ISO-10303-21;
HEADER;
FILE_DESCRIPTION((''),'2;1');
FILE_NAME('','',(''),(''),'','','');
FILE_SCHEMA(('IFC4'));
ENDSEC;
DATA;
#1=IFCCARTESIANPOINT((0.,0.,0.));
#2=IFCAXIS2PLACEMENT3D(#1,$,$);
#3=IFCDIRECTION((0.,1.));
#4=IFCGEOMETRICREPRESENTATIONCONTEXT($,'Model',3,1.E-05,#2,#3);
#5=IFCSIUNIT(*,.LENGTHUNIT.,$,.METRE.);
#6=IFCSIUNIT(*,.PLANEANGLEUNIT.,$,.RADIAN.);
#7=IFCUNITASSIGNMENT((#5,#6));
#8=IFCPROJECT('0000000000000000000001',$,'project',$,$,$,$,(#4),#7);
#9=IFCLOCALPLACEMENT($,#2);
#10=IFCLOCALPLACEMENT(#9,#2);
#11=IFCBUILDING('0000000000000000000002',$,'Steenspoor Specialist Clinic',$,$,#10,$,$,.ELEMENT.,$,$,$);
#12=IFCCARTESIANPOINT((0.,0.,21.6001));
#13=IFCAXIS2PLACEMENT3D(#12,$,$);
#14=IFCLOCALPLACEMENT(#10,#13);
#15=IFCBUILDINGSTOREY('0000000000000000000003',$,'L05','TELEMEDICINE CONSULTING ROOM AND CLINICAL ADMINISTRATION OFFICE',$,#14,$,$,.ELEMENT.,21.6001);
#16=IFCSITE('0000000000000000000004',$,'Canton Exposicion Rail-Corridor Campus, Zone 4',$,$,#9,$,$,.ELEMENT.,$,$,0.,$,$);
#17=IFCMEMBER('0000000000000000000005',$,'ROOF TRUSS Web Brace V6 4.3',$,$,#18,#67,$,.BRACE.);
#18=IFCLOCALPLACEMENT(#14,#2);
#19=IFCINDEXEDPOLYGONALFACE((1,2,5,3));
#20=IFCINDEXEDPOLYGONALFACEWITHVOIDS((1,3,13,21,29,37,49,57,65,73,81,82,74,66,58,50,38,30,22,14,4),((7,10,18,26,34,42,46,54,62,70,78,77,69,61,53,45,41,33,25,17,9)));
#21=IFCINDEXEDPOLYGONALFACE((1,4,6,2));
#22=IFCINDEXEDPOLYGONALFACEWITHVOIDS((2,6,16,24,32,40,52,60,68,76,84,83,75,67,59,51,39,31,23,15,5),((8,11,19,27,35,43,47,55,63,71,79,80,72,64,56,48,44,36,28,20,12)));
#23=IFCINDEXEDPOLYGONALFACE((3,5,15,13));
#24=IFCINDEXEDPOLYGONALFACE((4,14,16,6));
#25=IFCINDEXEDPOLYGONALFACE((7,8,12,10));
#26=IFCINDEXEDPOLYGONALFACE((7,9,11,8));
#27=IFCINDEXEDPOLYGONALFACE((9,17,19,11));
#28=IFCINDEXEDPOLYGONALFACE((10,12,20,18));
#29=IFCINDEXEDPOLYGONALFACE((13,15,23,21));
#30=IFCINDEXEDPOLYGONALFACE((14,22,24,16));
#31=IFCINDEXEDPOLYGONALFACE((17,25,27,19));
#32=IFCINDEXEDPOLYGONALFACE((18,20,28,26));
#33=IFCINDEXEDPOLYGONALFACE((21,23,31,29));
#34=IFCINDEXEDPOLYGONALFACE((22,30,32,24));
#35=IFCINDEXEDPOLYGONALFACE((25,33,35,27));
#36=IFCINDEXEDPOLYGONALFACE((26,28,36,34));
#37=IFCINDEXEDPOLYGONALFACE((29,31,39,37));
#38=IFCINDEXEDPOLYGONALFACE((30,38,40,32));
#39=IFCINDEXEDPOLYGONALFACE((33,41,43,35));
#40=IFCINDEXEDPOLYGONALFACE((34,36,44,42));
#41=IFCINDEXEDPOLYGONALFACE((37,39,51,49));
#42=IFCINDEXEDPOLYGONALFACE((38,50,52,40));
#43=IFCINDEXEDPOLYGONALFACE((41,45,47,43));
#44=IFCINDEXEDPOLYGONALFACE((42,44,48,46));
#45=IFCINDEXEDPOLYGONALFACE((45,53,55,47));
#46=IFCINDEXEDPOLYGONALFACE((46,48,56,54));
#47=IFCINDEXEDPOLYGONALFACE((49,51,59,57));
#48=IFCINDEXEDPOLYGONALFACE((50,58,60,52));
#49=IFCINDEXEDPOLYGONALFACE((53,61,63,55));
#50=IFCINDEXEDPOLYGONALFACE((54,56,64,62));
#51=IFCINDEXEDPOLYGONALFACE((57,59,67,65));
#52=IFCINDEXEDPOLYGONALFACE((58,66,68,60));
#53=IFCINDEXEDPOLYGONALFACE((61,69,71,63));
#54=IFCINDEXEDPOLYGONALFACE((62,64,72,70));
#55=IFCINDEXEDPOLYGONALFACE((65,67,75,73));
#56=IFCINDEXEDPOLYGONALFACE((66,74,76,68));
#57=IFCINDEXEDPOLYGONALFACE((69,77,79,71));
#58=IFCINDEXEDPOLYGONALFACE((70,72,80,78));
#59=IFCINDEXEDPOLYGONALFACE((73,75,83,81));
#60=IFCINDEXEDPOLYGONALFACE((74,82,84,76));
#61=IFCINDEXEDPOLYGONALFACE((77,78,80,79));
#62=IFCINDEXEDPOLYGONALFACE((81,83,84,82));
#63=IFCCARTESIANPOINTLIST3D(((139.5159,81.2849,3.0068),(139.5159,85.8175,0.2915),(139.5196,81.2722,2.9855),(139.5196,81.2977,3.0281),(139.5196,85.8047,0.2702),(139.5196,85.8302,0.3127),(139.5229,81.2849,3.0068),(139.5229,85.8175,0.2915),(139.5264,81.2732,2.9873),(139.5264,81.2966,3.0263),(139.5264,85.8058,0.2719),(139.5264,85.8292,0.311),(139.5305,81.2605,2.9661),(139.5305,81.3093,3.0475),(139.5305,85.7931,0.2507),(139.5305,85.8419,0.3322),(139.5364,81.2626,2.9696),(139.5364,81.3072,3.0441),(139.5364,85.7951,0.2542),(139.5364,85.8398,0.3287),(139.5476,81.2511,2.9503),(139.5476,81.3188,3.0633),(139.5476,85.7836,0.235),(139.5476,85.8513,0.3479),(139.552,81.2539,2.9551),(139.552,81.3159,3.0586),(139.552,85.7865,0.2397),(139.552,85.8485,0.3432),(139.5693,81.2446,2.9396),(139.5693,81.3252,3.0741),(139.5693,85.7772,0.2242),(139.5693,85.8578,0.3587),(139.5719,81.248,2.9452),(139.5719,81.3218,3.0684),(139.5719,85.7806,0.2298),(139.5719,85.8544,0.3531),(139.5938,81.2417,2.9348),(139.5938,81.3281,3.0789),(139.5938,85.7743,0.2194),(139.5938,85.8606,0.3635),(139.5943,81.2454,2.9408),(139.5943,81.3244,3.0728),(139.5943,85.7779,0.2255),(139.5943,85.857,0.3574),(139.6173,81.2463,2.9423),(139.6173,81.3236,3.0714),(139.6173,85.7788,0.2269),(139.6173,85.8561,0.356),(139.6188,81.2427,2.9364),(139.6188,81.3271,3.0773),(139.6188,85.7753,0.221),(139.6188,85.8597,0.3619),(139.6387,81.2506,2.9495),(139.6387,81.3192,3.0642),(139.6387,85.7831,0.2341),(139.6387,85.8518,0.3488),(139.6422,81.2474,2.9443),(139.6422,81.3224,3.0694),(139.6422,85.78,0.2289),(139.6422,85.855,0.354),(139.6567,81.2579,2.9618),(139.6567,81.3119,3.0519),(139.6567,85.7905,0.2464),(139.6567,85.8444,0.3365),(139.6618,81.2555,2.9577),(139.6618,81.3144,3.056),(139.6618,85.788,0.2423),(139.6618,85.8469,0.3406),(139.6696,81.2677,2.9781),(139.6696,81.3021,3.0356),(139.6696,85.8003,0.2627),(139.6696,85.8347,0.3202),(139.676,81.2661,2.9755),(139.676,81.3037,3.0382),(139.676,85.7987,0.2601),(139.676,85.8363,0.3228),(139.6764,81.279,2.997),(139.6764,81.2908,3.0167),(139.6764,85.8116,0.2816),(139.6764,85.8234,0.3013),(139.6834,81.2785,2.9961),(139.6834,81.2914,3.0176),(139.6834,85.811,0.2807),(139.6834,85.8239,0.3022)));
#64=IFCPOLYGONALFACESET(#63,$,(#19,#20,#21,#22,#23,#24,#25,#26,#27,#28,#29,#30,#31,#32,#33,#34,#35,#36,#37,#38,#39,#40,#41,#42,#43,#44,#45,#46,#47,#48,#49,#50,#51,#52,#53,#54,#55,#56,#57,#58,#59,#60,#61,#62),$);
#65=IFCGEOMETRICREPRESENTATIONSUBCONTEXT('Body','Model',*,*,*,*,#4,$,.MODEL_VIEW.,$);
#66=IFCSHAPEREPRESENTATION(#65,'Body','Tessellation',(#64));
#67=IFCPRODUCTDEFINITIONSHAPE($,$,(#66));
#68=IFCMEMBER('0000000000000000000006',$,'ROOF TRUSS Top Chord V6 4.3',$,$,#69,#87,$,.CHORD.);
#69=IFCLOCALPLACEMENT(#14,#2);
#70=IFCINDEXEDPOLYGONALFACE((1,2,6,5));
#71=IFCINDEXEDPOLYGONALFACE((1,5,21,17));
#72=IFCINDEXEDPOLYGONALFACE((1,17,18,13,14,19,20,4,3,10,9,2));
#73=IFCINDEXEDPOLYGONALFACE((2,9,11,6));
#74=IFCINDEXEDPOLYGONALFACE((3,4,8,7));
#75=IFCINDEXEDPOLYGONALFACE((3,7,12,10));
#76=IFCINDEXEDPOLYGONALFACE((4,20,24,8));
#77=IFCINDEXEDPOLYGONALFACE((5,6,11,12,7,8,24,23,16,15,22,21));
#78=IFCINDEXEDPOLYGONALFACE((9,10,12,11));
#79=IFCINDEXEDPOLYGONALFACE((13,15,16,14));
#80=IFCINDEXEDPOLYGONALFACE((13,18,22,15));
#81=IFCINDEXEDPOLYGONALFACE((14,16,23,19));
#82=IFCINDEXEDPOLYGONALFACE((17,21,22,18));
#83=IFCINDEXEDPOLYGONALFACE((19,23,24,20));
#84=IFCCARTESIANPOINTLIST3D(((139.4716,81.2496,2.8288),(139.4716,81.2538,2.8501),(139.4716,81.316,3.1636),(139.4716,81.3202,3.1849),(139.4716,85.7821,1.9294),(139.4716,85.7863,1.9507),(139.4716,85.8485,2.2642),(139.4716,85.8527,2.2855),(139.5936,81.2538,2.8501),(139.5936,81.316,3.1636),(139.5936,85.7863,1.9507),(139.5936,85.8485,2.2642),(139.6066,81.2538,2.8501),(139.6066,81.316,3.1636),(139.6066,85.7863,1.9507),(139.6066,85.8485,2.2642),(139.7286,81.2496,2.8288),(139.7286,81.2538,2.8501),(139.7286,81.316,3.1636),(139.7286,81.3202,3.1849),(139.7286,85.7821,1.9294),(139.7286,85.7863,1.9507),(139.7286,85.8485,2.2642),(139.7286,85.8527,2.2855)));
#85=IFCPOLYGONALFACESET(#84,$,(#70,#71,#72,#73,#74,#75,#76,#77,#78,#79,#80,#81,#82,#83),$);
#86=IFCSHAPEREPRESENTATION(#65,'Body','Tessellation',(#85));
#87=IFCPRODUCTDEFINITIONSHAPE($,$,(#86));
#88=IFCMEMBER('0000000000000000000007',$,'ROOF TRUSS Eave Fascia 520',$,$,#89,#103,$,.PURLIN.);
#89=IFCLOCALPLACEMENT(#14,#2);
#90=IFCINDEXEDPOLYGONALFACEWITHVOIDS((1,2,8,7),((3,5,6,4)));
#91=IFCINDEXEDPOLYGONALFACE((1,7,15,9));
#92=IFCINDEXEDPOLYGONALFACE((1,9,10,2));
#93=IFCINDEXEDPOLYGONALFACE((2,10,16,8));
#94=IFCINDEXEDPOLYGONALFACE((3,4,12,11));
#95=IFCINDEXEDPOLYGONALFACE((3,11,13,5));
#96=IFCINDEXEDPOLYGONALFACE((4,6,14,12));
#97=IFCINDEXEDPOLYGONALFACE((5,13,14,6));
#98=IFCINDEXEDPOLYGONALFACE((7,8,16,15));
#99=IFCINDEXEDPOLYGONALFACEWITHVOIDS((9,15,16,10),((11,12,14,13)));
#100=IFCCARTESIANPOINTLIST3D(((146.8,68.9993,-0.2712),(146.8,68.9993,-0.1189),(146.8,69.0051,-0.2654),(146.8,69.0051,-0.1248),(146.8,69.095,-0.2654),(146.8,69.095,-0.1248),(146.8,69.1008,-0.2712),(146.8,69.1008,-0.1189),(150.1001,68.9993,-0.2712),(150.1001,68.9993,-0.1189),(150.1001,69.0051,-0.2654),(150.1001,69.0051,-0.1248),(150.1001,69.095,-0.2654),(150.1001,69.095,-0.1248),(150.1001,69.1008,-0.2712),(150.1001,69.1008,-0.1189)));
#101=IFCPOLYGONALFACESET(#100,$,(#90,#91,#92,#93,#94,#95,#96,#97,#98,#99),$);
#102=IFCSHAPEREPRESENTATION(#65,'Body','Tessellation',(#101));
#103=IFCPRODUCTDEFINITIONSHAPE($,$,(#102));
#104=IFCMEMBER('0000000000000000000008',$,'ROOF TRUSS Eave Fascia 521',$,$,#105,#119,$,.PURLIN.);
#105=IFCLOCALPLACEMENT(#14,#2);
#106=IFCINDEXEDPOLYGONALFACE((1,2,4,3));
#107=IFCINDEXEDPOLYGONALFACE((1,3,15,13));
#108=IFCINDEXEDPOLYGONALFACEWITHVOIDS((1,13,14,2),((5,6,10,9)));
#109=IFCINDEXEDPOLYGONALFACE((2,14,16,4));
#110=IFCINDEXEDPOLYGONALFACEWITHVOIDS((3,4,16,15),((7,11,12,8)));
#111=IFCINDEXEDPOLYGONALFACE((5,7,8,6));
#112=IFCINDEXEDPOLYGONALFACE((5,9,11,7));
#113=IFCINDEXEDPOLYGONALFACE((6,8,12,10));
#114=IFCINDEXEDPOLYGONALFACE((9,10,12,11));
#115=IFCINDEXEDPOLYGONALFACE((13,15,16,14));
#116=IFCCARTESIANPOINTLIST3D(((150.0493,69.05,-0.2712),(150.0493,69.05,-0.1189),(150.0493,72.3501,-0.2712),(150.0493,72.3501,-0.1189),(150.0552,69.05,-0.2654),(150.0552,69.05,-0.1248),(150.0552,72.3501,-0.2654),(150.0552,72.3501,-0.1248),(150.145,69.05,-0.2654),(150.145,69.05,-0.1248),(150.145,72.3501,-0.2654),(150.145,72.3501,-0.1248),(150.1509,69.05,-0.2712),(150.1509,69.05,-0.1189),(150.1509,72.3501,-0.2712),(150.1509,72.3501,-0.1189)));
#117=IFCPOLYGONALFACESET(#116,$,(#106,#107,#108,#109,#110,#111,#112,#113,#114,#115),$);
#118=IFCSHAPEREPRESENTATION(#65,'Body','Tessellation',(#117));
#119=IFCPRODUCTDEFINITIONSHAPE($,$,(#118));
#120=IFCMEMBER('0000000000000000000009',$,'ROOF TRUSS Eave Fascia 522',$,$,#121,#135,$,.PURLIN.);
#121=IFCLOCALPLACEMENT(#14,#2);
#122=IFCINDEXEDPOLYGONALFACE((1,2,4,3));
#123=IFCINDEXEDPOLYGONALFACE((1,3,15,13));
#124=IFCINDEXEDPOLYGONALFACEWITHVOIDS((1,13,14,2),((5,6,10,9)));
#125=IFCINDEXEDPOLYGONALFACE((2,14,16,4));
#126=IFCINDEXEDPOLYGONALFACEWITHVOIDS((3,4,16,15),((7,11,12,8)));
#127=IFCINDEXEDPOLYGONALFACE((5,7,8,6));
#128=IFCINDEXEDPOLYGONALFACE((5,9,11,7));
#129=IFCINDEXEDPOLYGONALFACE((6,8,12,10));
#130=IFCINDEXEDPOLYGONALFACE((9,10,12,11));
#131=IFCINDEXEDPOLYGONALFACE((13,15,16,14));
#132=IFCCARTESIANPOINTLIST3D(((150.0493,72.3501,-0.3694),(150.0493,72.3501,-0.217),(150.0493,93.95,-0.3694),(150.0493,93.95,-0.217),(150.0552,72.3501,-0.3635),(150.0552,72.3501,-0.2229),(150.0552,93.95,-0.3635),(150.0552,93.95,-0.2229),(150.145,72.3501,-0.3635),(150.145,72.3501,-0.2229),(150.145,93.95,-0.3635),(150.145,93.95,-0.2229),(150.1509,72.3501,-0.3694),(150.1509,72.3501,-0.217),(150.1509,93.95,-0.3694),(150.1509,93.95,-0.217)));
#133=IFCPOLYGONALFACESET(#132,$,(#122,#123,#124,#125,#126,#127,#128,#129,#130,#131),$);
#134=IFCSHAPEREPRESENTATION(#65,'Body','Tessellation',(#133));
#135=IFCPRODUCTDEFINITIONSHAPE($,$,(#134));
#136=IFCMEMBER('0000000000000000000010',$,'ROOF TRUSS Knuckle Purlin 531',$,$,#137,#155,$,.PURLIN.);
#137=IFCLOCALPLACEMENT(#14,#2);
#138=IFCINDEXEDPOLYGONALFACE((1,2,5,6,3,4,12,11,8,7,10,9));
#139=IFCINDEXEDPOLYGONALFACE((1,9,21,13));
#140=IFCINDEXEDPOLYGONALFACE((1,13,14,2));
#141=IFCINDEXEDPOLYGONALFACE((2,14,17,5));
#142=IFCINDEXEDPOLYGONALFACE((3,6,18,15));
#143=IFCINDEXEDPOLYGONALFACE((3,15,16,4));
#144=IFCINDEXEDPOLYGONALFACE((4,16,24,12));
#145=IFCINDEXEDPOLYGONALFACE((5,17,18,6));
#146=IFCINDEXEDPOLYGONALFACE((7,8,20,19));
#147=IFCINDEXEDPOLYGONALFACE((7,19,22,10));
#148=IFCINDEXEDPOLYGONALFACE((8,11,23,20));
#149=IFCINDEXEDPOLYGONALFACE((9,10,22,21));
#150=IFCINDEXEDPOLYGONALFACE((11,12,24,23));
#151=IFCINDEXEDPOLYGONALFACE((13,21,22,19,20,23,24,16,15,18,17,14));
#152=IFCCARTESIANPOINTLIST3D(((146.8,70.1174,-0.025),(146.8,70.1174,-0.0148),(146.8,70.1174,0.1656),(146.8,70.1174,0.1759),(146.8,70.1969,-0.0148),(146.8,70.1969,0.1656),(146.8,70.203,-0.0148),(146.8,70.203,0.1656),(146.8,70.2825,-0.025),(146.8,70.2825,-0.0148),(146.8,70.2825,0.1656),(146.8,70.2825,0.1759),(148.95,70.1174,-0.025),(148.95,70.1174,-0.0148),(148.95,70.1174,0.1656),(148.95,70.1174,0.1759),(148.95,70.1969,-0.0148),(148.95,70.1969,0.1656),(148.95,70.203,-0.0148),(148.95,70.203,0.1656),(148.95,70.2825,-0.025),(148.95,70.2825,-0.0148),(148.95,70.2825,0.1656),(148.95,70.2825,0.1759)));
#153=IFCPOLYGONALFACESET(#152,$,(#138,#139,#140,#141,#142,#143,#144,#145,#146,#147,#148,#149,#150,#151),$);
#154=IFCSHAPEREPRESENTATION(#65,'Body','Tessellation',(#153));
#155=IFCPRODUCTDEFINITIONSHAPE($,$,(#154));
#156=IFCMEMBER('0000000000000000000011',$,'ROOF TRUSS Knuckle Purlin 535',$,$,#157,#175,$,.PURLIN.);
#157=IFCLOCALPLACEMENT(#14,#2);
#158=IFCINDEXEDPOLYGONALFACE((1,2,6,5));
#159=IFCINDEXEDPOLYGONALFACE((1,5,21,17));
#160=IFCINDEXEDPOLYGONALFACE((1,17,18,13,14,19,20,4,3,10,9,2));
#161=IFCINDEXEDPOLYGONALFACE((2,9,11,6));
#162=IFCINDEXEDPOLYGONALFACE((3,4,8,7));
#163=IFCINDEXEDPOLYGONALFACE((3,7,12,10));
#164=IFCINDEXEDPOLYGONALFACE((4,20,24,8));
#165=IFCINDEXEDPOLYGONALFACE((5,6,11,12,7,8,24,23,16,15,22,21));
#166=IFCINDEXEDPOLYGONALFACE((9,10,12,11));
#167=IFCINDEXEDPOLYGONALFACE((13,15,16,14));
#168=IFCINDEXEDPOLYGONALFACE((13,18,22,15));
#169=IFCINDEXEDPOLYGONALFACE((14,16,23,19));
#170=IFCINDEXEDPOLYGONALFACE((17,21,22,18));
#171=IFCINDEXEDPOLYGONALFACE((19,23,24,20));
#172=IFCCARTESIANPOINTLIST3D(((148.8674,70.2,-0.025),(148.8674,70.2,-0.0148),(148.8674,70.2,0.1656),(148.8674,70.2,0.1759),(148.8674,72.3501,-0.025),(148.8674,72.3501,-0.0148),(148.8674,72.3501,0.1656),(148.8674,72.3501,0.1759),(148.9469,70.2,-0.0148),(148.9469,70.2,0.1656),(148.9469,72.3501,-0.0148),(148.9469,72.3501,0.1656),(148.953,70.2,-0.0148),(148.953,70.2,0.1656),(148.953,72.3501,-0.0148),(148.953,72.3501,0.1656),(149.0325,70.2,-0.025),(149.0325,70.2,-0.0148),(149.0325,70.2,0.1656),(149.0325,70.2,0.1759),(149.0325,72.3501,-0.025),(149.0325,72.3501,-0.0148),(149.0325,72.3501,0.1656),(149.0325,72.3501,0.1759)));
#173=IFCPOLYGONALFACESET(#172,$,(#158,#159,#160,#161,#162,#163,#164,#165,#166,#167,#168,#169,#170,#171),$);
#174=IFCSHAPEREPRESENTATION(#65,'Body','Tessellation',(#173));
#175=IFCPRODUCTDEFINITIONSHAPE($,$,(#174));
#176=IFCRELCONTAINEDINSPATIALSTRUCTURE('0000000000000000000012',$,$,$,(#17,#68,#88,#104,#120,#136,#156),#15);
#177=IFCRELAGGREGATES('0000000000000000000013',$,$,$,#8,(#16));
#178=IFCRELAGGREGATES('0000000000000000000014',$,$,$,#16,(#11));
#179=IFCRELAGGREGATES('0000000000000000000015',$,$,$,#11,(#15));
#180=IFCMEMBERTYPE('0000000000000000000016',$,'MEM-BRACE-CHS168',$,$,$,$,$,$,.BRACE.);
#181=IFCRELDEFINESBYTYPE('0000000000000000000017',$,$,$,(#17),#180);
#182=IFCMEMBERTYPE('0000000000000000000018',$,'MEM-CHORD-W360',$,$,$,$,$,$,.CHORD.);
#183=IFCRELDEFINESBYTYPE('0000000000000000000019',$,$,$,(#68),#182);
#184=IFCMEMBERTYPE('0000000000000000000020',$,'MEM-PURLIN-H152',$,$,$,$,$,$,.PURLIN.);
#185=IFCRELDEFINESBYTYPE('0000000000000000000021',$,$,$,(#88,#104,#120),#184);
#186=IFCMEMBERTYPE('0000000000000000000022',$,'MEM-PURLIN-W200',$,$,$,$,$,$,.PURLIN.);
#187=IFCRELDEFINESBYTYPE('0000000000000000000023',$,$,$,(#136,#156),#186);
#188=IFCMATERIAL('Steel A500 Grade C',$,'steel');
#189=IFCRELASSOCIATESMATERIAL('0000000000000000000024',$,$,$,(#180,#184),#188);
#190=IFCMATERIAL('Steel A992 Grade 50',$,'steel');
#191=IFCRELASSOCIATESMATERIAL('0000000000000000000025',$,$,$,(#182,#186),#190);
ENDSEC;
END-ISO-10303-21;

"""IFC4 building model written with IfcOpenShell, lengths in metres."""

from ifc_helpers import new_model, si_unit, direction, frame, origin, origin_2d, place, context, subcontext, project, spatial, hollow_rectangle, hollow_circle, i_section, extrude, material, material_profile, profile_set, type_object, element, save


model = new_model("IFC4")

# Units and contexts
model_context = context("Model", 3, precision=1e-05, world=origin(), true_north=direction((0.0, 1.0)))
body_context = subcontext(model_context, "Body", "Model", "MODEL_VIEW")
ifc_project = project(units=[si_unit("LENGTHUNIT", "METRE"), si_unit("PLANEANGLEUNIT", "RADIAN")], contexts=[model_context])

# Site, building, storey
site_placement = place(None, origin())
site = spatial("IfcSite", under=ifc_project, at=site_placement, Name="Canton Exposicion Rail-Corridor Campus, Zone 4", CompositionType="ELEMENT", RefElevation=0.0)
building_placement = place(site_placement, origin())
building = spatial("IfcBuilding", under=site, at=building_placement, Name="Steenspoor Specialist Clinic", CompositionType="ELEMENT")
storey_placement = place(building_placement, frame((0.0, 0.0, 21.6001)))
storey = spatial("IfcBuildingStorey", under=building, at=storey_placement, Name="L05", Description="TELEMEDICINE CONSULTING ROOM AND CLINICAL ADMINISTRATION OFFICE", CompositionType="ELEMENT", Elevation=21.6001)

# Members
ifc_material_1 = material(Name="Steel A500 Grade C", Category="steel")
ifc_material_profile_1 = material_profile(ifc_material_1, hollow_circle(Radius=0.0842, WallThickness=0.0071, at=origin_2d()), Name="CHS168X7.1")
ifc_profile_set_1 = profile_set([ifc_material_profile_1], Name="Steel A500 Grade C")
member_type_1 = type_object("IfcMemberType", Name="MEM-BRACE-CHS168", PredefinedType="BRACE", material=ifc_profile_set_1)
member_1_placement = place(storey_placement, frame((139.6001, 81.2849, 3.0068), z_axis=(0.0, 0.857839, -0.513918), x_axis=(-1.0, 0.0, 0.0)))
element("IfcMember", 1, at=member_1_placement, inside=storey, type_object=member_type_1, Name="ROOF TRUSS Web Brace V6 4.3", PredefinedType="BRACE", context=body_context, shape_type="SweptSolid", body=[
    extrude(hollow_circle(Radius=0.0842, WallThickness=0.0071, at=origin_2d()), origin(), (0.0, 0.0, 1.0), 5.2837),
])
ifc_material_2 = material(Name="Steel A992 Grade 50", Category="steel")
ifc_material_profile_2 = material_profile(ifc_material_2, i_section(OverallWidth=0.2571, OverallDepth=0.363, WebThickness=0.0129, FlangeThickness=0.0217, at=origin_2d()), Name="W360X122")
ifc_profile_set_2 = profile_set([ifc_material_profile_2], Name="Steel A992 Grade 50")
member_type_2 = type_object("IfcMemberType", Name="MEM-CHORD-W360", PredefinedType="CHORD", material=ifc_profile_set_2)
member_2_placement = place(storey_placement, frame((139.6001, 81.2849, 3.0068), z_axis=(0.0, 0.980874, -0.194643), x_axis=(-1.0, 0.0, 0.0)))
element("IfcMember", 2, at=member_2_placement, inside=storey, type_object=member_type_2, Name="ROOF TRUSS Top Chord V6 4.3", PredefinedType="CHORD", context=body_context, shape_type="SweptSolid", body=[
    extrude(i_section(OverallWidth=0.2571, OverallDepth=0.363, WebThickness=0.0129, FlangeThickness=0.0217, at=origin_2d()), origin(), (0.0, 0.0, 1.0), 4.6208),
])
ifc_material_profile_3 = material_profile(ifc_material_1, hollow_rectangle(XDim=0.1016, YDim=0.1523, WallThickness=0.0059, at=origin_2d()), Name="HSS152X102X6.4")
ifc_profile_set_3 = profile_set([ifc_material_profile_3], Name="Steel A500 Grade C")
member_type_3 = type_object("IfcMemberType", Name="MEM-PURLIN-H152", PredefinedType="PURLIN", material=ifc_profile_set_3)
for number, where, z_axis, x_axis, name in (
    (3, (146.8, 69.05, -0.1951), (1.0, 0.0, 0.0), (0.0, 1.0, 0.0), "ROOF TRUSS Eave Fascia 520"),
    (4, (150.1001, 69.05, -0.1951), (0.0, 1.0, 0.0), (-1.0, 0.0, 0.0), "ROOF TRUSS Eave Fascia 521"),
):
    element("IfcMember", number, at=place(storey_placement, frame(where, z_axis=z_axis, x_axis=x_axis)), inside=storey, type_object=member_type_3, Name=name, PredefinedType="PURLIN", context=body_context, shape_type="SweptSolid", body=[
        extrude(hollow_rectangle(XDim=0.1016, YDim=0.1523, WallThickness=0.0059, at=origin_2d()), origin(), (0.0, 0.0, 1.0), 3.3),
    ])
member_3_placement = place(storey_placement, frame((150.1001, 72.3501, -0.2932), z_axis=(0.0, 1.0, 0.0), x_axis=(-1.0, 0.0, 0.0)))
element("IfcMember", 5, at=member_3_placement, inside=storey, type_object=member_type_3, Name="ROOF TRUSS Eave Fascia 522", PredefinedType="PURLIN", context=body_context, shape_type="SweptSolid", body=[
    extrude(hollow_rectangle(XDim=0.1016, YDim=0.1523, WallThickness=0.0059, at=origin_2d()), origin(), (0.0, 0.0, 1.0), 21.5999),
])
ifc_material_profile_4 = material_profile(ifc_material_2, i_section(OverallWidth=0.165, OverallDepth=0.2009, WebThickness=0.0061, FlangeThickness=0.0103, at=origin_2d()), Name="W200X36")
ifc_profile_set_4 = profile_set([ifc_material_profile_4], Name="Steel A992 Grade 50")
member_type_4 = type_object("IfcMemberType", Name="MEM-PURLIN-W200", PredefinedType="PURLIN", material=ifc_profile_set_4)
member_4_placement = place(storey_placement, frame((146.8, 70.2, 0.0754), z_axis=(1.0, 0.0, 0.0), x_axis=(0.0, 1.0, 0.0)))
element("IfcMember", 6, at=member_4_placement, inside=storey, type_object=member_type_4, Name="ROOF TRUSS Knuckle Purlin 531", PredefinedType="PURLIN", context=body_context, shape_type="SweptSolid", body=[
    extrude(i_section(OverallWidth=0.165, OverallDepth=0.2009, WebThickness=0.0061, FlangeThickness=0.0103, at=origin_2d()), origin(), (0.0, 0.0, 1.0), 2.1499),
])
member_5_placement = place(storey_placement, frame((148.95, 70.2, 0.0754), z_axis=(0.0, 1.0, 0.0), x_axis=(-1.0, 0.0, 0.0)))
element("IfcMember", 7, at=member_5_placement, inside=storey, type_object=member_type_4, Name="ROOF TRUSS Knuckle Purlin 535", PredefinedType="PURLIN", context=body_context, shape_type="SweptSolid", body=[
    extrude(i_section(OverallWidth=0.165, OverallDepth=0.2009, WebThickness=0.0061, FlangeThickness=0.0103, at=origin_2d()), origin(), (0.0, 0.0, 1.0), 2.1501),
])

save(model, "model.ifc")
